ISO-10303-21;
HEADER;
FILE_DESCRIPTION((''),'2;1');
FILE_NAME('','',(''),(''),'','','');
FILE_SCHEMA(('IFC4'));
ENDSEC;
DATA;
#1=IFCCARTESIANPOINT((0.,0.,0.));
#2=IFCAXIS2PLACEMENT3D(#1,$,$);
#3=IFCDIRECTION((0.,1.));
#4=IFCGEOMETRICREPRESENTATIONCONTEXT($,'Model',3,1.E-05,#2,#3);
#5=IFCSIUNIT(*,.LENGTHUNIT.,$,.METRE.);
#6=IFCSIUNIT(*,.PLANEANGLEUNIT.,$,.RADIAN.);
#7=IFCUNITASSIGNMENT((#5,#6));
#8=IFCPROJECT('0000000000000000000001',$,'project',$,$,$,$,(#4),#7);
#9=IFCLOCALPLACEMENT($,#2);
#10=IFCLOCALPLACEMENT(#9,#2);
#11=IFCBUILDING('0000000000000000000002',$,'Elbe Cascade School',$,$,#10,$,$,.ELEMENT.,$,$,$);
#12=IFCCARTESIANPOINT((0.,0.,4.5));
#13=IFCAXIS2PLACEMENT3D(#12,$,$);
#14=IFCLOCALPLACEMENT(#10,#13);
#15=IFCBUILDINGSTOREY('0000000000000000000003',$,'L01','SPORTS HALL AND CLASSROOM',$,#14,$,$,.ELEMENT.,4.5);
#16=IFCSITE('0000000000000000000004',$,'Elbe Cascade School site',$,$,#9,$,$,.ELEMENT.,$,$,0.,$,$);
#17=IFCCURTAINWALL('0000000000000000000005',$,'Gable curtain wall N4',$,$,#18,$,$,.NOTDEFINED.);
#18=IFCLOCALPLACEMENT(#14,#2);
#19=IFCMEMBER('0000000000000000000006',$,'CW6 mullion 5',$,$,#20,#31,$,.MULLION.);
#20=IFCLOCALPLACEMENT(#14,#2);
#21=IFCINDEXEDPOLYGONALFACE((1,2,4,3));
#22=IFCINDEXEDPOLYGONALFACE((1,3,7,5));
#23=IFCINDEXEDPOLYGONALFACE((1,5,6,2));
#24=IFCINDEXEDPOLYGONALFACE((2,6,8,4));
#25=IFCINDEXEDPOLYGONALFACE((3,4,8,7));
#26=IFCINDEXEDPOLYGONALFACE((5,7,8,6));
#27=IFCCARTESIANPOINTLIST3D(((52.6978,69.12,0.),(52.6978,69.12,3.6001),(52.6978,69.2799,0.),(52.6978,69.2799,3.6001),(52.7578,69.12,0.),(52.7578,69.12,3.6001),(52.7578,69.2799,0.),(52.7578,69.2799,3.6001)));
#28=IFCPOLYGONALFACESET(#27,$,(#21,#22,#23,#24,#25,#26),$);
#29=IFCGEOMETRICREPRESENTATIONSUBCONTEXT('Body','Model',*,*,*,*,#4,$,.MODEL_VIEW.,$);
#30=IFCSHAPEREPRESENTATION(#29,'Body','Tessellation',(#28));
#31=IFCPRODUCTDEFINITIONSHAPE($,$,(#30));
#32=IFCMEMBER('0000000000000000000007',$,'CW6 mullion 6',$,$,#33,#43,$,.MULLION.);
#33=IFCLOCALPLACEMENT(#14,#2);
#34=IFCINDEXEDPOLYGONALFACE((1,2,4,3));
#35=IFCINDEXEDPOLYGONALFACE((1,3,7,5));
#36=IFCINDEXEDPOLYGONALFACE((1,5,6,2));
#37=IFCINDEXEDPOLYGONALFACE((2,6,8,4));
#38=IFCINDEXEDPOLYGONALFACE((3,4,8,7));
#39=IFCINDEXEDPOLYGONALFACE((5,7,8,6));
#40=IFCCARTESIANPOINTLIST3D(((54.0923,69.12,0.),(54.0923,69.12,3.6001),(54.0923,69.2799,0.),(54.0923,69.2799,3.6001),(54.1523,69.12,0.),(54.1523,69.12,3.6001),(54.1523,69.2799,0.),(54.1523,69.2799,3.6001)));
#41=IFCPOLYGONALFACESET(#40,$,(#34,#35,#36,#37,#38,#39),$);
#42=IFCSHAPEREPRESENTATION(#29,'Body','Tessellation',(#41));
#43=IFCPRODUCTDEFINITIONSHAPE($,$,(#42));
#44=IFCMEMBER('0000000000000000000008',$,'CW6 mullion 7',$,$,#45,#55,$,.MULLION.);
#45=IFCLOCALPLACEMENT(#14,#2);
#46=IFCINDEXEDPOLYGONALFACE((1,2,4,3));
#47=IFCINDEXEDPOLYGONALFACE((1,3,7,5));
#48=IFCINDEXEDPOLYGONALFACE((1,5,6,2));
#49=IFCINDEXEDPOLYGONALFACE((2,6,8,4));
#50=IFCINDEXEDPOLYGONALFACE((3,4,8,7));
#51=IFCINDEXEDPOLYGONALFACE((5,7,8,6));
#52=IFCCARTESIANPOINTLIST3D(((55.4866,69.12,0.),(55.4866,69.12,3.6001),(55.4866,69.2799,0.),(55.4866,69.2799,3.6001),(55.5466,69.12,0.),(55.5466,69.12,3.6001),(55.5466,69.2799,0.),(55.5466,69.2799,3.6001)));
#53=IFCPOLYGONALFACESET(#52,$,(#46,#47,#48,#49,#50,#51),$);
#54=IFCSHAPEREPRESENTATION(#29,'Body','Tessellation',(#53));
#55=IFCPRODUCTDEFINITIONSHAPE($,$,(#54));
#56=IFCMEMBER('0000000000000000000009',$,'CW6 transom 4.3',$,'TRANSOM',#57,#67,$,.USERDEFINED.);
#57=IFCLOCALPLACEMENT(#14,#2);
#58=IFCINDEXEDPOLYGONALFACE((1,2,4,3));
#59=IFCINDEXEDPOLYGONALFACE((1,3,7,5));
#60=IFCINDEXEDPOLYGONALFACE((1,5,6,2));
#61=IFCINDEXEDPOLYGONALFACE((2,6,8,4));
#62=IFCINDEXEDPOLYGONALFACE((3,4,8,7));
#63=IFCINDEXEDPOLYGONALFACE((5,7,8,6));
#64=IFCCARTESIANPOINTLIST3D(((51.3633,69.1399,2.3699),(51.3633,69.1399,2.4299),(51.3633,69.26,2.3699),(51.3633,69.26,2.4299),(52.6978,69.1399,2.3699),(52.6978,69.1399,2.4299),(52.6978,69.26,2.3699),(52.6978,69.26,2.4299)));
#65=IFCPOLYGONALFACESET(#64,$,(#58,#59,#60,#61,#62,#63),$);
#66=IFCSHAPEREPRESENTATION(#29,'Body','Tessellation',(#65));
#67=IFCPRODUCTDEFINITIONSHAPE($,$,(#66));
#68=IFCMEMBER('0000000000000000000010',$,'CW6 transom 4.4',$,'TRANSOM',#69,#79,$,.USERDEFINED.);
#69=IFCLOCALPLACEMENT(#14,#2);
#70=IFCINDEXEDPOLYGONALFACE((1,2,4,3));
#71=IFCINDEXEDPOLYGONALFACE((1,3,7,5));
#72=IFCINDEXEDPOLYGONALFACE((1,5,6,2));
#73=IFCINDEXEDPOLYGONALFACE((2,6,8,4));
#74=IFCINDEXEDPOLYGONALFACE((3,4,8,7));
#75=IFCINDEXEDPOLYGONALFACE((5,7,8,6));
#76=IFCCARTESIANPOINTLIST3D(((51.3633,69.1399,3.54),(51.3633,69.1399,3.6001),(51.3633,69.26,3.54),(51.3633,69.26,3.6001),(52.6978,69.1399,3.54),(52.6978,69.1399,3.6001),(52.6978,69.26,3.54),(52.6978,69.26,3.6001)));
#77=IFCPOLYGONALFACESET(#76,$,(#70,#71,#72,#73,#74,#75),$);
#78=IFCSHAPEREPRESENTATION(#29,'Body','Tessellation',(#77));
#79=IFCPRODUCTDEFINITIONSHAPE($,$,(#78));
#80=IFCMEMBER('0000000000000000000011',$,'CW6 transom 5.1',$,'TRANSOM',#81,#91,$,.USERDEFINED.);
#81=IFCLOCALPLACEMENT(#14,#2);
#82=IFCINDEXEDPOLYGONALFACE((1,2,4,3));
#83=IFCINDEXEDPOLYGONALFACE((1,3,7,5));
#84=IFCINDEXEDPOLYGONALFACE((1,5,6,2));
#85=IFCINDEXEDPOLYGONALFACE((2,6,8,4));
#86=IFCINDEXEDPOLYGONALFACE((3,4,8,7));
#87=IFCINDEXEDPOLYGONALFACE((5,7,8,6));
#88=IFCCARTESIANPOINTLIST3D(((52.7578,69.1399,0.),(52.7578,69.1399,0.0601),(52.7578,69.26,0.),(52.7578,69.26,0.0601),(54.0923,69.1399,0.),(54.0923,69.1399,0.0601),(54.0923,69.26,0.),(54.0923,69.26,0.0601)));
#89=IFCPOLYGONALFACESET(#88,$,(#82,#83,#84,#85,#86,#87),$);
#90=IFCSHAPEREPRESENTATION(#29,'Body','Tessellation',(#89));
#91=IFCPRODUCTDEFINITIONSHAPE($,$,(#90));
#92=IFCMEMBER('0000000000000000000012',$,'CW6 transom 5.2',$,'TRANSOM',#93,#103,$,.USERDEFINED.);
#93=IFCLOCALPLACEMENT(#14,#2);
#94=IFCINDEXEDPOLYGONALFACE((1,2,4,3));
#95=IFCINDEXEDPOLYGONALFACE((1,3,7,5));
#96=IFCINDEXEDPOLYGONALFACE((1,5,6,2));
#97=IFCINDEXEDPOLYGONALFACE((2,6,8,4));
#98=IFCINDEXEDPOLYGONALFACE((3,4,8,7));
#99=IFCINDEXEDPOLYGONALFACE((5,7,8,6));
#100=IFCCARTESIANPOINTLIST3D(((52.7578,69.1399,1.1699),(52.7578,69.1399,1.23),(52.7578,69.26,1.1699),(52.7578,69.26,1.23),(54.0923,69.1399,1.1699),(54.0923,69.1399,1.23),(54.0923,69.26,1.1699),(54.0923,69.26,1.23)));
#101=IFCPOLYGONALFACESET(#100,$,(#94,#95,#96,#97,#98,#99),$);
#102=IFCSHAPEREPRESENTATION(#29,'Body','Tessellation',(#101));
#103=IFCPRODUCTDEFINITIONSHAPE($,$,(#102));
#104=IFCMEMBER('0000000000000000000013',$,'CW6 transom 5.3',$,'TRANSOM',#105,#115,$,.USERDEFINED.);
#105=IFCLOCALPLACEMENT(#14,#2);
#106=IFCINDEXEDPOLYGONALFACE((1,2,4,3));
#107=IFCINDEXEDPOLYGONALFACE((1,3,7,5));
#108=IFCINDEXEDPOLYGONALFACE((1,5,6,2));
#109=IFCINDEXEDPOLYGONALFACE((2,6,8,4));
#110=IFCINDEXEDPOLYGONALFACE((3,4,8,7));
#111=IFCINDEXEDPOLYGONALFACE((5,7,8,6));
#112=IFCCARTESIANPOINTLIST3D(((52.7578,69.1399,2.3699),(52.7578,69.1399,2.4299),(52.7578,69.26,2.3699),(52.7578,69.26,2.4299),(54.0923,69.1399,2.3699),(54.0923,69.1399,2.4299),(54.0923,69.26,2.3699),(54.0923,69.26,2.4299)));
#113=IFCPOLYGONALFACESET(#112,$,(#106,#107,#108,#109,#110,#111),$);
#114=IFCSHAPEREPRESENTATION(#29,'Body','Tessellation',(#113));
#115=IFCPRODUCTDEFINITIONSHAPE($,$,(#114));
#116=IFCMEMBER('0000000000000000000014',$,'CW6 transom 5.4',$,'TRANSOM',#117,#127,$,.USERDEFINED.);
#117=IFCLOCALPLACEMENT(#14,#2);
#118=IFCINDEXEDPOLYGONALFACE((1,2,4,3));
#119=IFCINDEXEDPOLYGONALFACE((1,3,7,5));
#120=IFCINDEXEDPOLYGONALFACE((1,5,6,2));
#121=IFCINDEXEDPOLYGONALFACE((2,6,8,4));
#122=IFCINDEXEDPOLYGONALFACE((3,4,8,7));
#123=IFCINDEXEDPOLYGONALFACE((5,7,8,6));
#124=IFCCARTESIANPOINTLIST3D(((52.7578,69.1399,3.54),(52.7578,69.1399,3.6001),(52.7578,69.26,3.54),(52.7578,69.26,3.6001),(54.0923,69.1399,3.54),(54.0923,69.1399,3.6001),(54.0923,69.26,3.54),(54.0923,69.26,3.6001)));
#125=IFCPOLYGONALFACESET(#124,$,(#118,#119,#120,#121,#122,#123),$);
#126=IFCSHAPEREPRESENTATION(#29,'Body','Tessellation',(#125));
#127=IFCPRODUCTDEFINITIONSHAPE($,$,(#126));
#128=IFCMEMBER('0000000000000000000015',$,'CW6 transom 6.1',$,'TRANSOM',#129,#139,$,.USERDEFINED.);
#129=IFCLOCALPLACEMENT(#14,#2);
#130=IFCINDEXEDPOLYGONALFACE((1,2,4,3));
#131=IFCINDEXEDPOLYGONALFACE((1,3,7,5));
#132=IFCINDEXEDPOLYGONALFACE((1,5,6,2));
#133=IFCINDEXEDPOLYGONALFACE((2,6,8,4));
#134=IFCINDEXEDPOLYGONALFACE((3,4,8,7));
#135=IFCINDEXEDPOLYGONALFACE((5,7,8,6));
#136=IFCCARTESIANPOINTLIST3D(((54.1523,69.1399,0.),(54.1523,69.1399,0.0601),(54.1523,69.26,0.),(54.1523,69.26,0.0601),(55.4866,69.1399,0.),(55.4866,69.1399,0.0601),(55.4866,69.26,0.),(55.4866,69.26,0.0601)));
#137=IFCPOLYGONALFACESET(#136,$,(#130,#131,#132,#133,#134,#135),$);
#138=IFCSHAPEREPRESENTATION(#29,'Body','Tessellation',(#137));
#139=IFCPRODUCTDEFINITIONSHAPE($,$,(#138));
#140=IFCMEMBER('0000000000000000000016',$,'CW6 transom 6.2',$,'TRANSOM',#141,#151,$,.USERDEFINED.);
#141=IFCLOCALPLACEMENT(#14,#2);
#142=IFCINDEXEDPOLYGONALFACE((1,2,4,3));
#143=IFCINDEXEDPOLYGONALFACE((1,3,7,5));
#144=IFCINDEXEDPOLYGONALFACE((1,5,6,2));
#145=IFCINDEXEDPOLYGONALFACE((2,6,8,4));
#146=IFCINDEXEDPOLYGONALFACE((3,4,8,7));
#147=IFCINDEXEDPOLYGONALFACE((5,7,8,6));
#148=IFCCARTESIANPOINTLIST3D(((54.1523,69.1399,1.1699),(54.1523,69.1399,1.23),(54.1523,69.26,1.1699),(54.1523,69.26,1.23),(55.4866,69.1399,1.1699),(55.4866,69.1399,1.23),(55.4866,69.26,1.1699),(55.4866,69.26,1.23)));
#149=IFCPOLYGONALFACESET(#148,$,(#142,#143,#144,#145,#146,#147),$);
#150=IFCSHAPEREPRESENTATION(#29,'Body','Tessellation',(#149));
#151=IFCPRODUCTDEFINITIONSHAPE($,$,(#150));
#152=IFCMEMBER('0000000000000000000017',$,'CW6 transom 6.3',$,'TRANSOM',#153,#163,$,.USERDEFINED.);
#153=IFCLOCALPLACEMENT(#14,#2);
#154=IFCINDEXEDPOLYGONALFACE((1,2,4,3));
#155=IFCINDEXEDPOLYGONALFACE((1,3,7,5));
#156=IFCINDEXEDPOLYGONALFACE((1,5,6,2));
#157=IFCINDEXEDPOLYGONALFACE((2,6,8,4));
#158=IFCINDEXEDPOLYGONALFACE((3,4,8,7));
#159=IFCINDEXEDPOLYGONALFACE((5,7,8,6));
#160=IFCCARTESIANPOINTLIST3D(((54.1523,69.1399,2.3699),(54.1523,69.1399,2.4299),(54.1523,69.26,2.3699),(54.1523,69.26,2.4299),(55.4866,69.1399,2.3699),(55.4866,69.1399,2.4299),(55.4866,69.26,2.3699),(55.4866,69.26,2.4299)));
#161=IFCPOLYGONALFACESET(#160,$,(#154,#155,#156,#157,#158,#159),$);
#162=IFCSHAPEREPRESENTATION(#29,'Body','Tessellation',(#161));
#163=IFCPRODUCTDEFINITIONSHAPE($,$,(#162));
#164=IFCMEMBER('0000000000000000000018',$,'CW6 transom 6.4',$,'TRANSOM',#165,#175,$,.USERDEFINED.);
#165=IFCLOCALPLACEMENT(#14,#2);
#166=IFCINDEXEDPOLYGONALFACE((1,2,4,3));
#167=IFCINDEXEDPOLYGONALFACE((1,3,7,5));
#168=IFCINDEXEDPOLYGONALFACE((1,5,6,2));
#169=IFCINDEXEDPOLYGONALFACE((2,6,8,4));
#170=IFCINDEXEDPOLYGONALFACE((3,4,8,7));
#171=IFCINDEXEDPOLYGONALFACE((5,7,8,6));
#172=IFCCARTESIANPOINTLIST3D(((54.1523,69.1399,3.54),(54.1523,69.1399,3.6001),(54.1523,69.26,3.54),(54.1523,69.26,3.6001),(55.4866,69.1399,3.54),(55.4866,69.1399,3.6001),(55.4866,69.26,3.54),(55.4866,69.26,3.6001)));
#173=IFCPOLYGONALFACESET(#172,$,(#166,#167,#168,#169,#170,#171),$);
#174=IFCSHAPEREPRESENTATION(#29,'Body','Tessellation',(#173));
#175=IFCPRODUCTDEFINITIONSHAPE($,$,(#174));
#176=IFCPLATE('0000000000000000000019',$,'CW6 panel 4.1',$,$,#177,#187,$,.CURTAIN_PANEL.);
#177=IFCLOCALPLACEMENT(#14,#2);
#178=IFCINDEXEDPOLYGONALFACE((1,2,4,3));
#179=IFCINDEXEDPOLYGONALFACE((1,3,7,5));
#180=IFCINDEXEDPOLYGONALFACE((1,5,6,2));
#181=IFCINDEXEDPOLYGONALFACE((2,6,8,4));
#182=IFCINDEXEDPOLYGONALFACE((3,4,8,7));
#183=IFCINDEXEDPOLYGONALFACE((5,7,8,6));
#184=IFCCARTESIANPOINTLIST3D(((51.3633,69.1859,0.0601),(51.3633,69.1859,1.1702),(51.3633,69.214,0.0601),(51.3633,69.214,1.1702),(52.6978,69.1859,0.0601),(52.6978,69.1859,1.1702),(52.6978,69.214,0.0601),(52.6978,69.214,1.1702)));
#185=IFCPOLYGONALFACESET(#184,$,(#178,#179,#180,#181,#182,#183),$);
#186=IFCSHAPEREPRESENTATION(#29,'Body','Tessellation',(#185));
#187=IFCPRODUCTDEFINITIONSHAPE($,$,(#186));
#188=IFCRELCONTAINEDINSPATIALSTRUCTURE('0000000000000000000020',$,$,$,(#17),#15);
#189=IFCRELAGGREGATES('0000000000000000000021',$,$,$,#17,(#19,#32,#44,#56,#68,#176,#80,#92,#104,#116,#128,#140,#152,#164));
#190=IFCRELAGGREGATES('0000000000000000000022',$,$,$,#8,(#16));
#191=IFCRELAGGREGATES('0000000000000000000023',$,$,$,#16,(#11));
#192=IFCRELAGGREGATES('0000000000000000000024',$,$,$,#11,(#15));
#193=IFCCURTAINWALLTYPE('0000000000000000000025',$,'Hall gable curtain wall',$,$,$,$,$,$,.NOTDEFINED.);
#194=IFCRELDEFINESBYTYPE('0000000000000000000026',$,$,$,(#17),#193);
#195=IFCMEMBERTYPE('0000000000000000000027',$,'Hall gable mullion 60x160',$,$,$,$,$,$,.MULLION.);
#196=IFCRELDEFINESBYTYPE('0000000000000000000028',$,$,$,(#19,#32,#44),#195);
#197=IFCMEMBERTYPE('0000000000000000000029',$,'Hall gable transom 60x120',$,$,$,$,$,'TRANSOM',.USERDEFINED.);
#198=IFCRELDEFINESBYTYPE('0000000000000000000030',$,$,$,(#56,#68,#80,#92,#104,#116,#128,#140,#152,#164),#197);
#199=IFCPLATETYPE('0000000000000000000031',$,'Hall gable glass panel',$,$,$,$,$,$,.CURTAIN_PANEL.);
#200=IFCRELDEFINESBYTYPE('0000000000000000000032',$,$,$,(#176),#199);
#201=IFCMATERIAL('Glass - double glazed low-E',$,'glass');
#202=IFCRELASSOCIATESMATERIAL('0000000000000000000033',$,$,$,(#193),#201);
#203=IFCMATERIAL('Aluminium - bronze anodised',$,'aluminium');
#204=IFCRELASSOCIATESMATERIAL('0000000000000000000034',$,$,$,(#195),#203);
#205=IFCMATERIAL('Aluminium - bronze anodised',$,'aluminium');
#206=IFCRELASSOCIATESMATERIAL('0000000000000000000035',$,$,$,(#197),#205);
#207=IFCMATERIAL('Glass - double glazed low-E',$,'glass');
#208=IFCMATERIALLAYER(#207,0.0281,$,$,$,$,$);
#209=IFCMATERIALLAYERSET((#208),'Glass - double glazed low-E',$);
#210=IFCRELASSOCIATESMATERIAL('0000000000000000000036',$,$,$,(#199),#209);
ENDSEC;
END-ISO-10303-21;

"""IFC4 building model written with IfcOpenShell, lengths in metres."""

from ifc_helpers import new_model, si_unit, direction, frame, origin, origin_2d, place, context, subcontext, project, spatial, rectangle, extrude, material, layer, layer_set, material_profile, profile_set, type_object, element, aggregate, save


model = new_model("IFC4")

# Units and contexts
model_context = context("Model", 3, precision=1e-05, world=origin(), true_north=direction((0.0, 1.0)))
body_context = subcontext(model_context, "Body", "Model", "MODEL_VIEW")
ifc_project = project(units=[si_unit("LENGTHUNIT", "METRE"), si_unit("PLANEANGLEUNIT", "RADIAN")], contexts=[model_context])

# Site, building, storey
site_placement = place(None, origin())
site = spatial("IfcSite", under=ifc_project, at=site_placement, Name="Elbe Cascade School site", CompositionType="ELEMENT", RefElevation=0.0)
building_placement = place(site_placement, origin())
building = spatial("IfcBuilding", under=site, at=building_placement, Name="Elbe Cascade School", CompositionType="ELEMENT")
storey_placement = place(building_placement, frame((0.0, 0.0, 4.5)))
storey = spatial("IfcBuildingStorey", under=building, at=storey_placement, Name="L01", Description="SPORTS HALL AND CLASSROOM", CompositionType="ELEMENT", Elevation=4.5)

# Curtain wall, members, plate
ifc_material_1 = material(Name="Glass - double glazed low-E", Category="glass")
curtain_wall_type = type_object("IfcCurtainWallType", Name="Hall gable curtain wall", PredefinedType="NOTDEFINED", material=ifc_material_1)
curtain_wall_placement = place(storey_placement, origin())
curtain_wall = element("IfcCurtainWall", 1, at=curtain_wall_placement, inside=storey, type_object=curtain_wall_type, Name="Gable curtain wall N4", PredefinedType="NOTDEFINED")
ifc_material_2 = material(Name="Aluminium - bronze anodised", Category="aluminium")
ifc_material_profile_1 = material_profile(ifc_material_2, rectangle(XDim=0.1599, YDim=0.0601, at=origin_2d()), Name="Alu 60x160")
ifc_profile_set_1 = profile_set([ifc_material_profile_1], Name="Aluminium - bronze anodised")
member_type_1 = type_object("IfcMemberType", Name="Hall gable mullion 60x160", PredefinedType="MULLION", material=ifc_profile_set_1)
member_1_placement = place(storey_placement, frame((52.7278, 69.2, 0.0), z_axis=(0.0, 0.0, 1.0), x_axis=(0.0, 1.0, 0.0)))
member_1 = element("IfcMember", 2, at=member_1_placement, type_object=member_type_1, Name="CW6 mullion 5", PredefinedType="MULLION", context=body_context, shape_type="SweptSolid", body=[
    extrude(rectangle(XDim=0.1599, YDim=0.0601, at=origin_2d()), origin(), (0.0, 0.0, 1.0), 3.6001),
])
member_2_placement = place(storey_placement, frame((54.1223, 69.2, 0.0), z_axis=(0.0, 0.0, 1.0), x_axis=(0.0, 1.0, 0.0)))
member_2 = element("IfcMember", 3, at=member_2_placement, type_object=member_type_1, Name="CW6 mullion 6", PredefinedType="MULLION", context=body_context, shape_type="SweptSolid", body=[
    extrude(rectangle(XDim=0.1599, YDim=0.0601, at=origin_2d()), origin(), (0.0, 0.0, 1.0), 3.6001),
])
member_3_placement = place(storey_placement, frame((55.5166, 69.2, 0.0), z_axis=(0.0, 0.0, 1.0), x_axis=(0.0, 1.0, 0.0)))
member_3 = element("IfcMember", 4, at=member_3_placement, type_object=member_type_1, Name="CW6 mullion 7", PredefinedType="MULLION", context=body_context, shape_type="SweptSolid", body=[
    extrude(rectangle(XDim=0.1599, YDim=0.0601, at=origin_2d()), origin(), (0.0, 0.0, 1.0), 3.6001),
])
ifc_material_3 = material(Name="Aluminium - bronze anodised", Category="aluminium")
ifc_material_profile_2 = material_profile(ifc_material_3, rectangle(XDim=0.1201, YDim=0.0601, at=origin_2d()), Name="Alu 60x120")
ifc_profile_set_2 = profile_set([ifc_material_profile_2], Name="Aluminium - bronze anodised")
member_type_2 = type_object("IfcMemberType", Name="Hall gable transom 60x120", ElementType="TRANSOM", PredefinedType="USERDEFINED", material=ifc_profile_set_2)
member_4_placement = place(storey_placement, frame((51.3633, 69.2, 2.3999), z_axis=(1.0, 0.0, 0.0), x_axis=(0.0, 1.0, 0.0)))
member_4 = element("IfcMember", 5, at=member_4_placement, type_object=member_type_2, Name="CW6 transom 4.3", ObjectType="TRANSOM", PredefinedType="USERDEFINED", context=body_context, shape_type="SweptSolid", body=[
    extrude(rectangle(XDim=0.1201, YDim=0.0601, at=origin_2d()), origin(), (0.0, 0.0, 1.0), 1.3345),
])
member_5_placement = place(storey_placement, frame((51.3633, 69.2, 3.5701), z_axis=(1.0, 0.0, 0.0), x_axis=(0.0, 1.0, 0.0)))
member_5 = element("IfcMember", 6, at=member_5_placement, type_object=member_type_2, Name="CW6 transom 4.4", ObjectType="TRANSOM", PredefinedType="USERDEFINED", context=body_context, shape_type="SweptSolid", body=[
    extrude(rectangle(XDim=0.1201, YDim=0.0601, at=origin_2d()), origin(), (0.0, 0.0, 1.0), 1.3345),
])
member_6_placement = place(storey_placement, frame((52.7578, 69.2, 0.03), z_axis=(1.0, 0.0, 0.0), x_axis=(0.0, 1.0, 0.0)))
member_6 = element("IfcMember", 7, at=member_6_placement, type_object=member_type_2, Name="CW6 transom 5.1", ObjectType="TRANSOM", PredefinedType="USERDEFINED", context=body_context, shape_type="SweptSolid", body=[
    extrude(rectangle(XDim=0.1201, YDim=0.0601, at=origin_2d()), origin(), (0.0, 0.0, 1.0), 1.3345),
])
member_7_placement = place(storey_placement, frame((52.7578, 69.2, 1.2), z_axis=(1.0, 0.0, 0.0), x_axis=(0.0, 1.0, 0.0)))
member_7 = element("IfcMember", 8, at=member_7_placement, type_object=member_type_2, Name="CW6 transom 5.2", ObjectType="TRANSOM", PredefinedType="USERDEFINED", context=body_context, shape_type="SweptSolid", body=[
    extrude(rectangle(XDim=0.1201, YDim=0.0601, at=origin_2d()), origin(), (0.0, 0.0, 1.0), 1.3345),
])
member_8_placement = place(storey_placement, frame((52.7578, 69.2, 2.3999), z_axis=(1.0, 0.0, 0.0), x_axis=(0.0, 1.0, 0.0)))
member_8 = element("IfcMember", 9, at=member_8_placement, type_object=member_type_2, Name="CW6 transom 5.3", ObjectType="TRANSOM", PredefinedType="USERDEFINED", context=body_context, shape_type="SweptSolid", body=[
    extrude(rectangle(XDim=0.1201, YDim=0.0601, at=origin_2d()), origin(), (0.0, 0.0, 1.0), 1.3345),
])
member_9_placement = place(storey_placement, frame((52.7578, 69.2, 3.5701), z_axis=(1.0, 0.0, 0.0), x_axis=(0.0, 1.0, 0.0)))
member_9 = element("IfcMember", 10, at=member_9_placement, type_object=member_type_2, Name="CW6 transom 5.4", ObjectType="TRANSOM", PredefinedType="USERDEFINED", context=body_context, shape_type="SweptSolid", body=[
    extrude(rectangle(XDim=0.1201, YDim=0.0601, at=origin_2d()), origin(), (0.0, 0.0, 1.0), 1.3345),
])
member_10_placement = place(storey_placement, frame((54.1523, 69.2, 0.03), z_axis=(1.0, 0.0, 0.0), x_axis=(0.0, 1.0, 0.0)))
member_10 = element("IfcMember", 11, at=member_10_placement, type_object=member_type_2, Name="CW6 transom 6.1", ObjectType="TRANSOM", PredefinedType="USERDEFINED", context=body_context, shape_type="SweptSolid", body=[
    extrude(rectangle(XDim=0.1201, YDim=0.0601, at=origin_2d()), origin(), (0.0, 0.0, 1.0), 1.3342),
])
member_11_placement = place(storey_placement, frame((54.1523, 69.2, 1.2), z_axis=(1.0, 0.0, 0.0), x_axis=(0.0, 1.0, 0.0)))
member_11 = element("IfcMember", 12, at=member_11_placement, type_object=member_type_2, Name="CW6 transom 6.2", ObjectType="TRANSOM", PredefinedType="USERDEFINED", context=body_context, shape_type="SweptSolid", body=[
    extrude(rectangle(XDim=0.1201, YDim=0.0601, at=origin_2d()), origin(), (0.0, 0.0, 1.0), 1.3342),
])
member_12_placement = place(storey_placement, frame((54.1523, 69.2, 2.3999), z_axis=(1.0, 0.0, 0.0), x_axis=(0.0, 1.0, 0.0)))
member_12 = element("IfcMember", 13, at=member_12_placement, type_object=member_type_2, Name="CW6 transom 6.3", ObjectType="TRANSOM", PredefinedType="USERDEFINED", context=body_context, shape_type="SweptSolid", body=[
    extrude(rectangle(XDim=0.1201, YDim=0.0601, at=origin_2d()), origin(), (0.0, 0.0, 1.0), 1.3342),
])
member_13_placement = place(storey_placement, frame((54.1523, 69.2, 3.5701), z_axis=(1.0, 0.0, 0.0), x_axis=(0.0, 1.0, 0.0)))
member_13 = element("IfcMember", 14, at=member_13_placement, type_object=member_type_2, Name="CW6 transom 6.4", ObjectType="TRANSOM", PredefinedType="USERDEFINED", context=body_context, shape_type="SweptSolid", body=[
    extrude(rectangle(XDim=0.1201, YDim=0.0601, at=origin_2d()), origin(), (0.0, 0.0, 1.0), 1.3342),
])
ifc_material_4 = material(Name="Glass - double glazed low-E", Category="glass")
ifc_layer = layer(ifc_material_4, 0.0281)
ifc_layer_set = layer_set([ifc_layer], Name="Glass - double glazed low-E")
plate_type = type_object("IfcPlateType", Name="Hall gable glass panel", PredefinedType="CURTAIN_PANEL", material=ifc_layer_set)
plate_1_placement = place(storey_placement, frame((52.0305, 69.2, 0.0601), z_axis=(0.0, 0.0, 1.0), x_axis=(1.0, 0.0, 0.0)))
plate_1 = element("IfcPlate", 15, at=plate_1_placement, type_object=plate_type, Name="CW6 panel 4.1", PredefinedType="CURTAIN_PANEL", context=body_context, shape_type="SweptSolid", body=[
    extrude(rectangle(XDim=1.3345, YDim=0.0281, at=origin_2d()), origin(), (0.0, 0.0, 1.0), 1.1101),
])
aggregate(curtain_wall, [member_1, member_2, member_3, member_4, member_5, plate_1, member_6, member_7, member_8, member_9, member_10, member_11, member_12, member_13])

save(model, "model.ifc")
